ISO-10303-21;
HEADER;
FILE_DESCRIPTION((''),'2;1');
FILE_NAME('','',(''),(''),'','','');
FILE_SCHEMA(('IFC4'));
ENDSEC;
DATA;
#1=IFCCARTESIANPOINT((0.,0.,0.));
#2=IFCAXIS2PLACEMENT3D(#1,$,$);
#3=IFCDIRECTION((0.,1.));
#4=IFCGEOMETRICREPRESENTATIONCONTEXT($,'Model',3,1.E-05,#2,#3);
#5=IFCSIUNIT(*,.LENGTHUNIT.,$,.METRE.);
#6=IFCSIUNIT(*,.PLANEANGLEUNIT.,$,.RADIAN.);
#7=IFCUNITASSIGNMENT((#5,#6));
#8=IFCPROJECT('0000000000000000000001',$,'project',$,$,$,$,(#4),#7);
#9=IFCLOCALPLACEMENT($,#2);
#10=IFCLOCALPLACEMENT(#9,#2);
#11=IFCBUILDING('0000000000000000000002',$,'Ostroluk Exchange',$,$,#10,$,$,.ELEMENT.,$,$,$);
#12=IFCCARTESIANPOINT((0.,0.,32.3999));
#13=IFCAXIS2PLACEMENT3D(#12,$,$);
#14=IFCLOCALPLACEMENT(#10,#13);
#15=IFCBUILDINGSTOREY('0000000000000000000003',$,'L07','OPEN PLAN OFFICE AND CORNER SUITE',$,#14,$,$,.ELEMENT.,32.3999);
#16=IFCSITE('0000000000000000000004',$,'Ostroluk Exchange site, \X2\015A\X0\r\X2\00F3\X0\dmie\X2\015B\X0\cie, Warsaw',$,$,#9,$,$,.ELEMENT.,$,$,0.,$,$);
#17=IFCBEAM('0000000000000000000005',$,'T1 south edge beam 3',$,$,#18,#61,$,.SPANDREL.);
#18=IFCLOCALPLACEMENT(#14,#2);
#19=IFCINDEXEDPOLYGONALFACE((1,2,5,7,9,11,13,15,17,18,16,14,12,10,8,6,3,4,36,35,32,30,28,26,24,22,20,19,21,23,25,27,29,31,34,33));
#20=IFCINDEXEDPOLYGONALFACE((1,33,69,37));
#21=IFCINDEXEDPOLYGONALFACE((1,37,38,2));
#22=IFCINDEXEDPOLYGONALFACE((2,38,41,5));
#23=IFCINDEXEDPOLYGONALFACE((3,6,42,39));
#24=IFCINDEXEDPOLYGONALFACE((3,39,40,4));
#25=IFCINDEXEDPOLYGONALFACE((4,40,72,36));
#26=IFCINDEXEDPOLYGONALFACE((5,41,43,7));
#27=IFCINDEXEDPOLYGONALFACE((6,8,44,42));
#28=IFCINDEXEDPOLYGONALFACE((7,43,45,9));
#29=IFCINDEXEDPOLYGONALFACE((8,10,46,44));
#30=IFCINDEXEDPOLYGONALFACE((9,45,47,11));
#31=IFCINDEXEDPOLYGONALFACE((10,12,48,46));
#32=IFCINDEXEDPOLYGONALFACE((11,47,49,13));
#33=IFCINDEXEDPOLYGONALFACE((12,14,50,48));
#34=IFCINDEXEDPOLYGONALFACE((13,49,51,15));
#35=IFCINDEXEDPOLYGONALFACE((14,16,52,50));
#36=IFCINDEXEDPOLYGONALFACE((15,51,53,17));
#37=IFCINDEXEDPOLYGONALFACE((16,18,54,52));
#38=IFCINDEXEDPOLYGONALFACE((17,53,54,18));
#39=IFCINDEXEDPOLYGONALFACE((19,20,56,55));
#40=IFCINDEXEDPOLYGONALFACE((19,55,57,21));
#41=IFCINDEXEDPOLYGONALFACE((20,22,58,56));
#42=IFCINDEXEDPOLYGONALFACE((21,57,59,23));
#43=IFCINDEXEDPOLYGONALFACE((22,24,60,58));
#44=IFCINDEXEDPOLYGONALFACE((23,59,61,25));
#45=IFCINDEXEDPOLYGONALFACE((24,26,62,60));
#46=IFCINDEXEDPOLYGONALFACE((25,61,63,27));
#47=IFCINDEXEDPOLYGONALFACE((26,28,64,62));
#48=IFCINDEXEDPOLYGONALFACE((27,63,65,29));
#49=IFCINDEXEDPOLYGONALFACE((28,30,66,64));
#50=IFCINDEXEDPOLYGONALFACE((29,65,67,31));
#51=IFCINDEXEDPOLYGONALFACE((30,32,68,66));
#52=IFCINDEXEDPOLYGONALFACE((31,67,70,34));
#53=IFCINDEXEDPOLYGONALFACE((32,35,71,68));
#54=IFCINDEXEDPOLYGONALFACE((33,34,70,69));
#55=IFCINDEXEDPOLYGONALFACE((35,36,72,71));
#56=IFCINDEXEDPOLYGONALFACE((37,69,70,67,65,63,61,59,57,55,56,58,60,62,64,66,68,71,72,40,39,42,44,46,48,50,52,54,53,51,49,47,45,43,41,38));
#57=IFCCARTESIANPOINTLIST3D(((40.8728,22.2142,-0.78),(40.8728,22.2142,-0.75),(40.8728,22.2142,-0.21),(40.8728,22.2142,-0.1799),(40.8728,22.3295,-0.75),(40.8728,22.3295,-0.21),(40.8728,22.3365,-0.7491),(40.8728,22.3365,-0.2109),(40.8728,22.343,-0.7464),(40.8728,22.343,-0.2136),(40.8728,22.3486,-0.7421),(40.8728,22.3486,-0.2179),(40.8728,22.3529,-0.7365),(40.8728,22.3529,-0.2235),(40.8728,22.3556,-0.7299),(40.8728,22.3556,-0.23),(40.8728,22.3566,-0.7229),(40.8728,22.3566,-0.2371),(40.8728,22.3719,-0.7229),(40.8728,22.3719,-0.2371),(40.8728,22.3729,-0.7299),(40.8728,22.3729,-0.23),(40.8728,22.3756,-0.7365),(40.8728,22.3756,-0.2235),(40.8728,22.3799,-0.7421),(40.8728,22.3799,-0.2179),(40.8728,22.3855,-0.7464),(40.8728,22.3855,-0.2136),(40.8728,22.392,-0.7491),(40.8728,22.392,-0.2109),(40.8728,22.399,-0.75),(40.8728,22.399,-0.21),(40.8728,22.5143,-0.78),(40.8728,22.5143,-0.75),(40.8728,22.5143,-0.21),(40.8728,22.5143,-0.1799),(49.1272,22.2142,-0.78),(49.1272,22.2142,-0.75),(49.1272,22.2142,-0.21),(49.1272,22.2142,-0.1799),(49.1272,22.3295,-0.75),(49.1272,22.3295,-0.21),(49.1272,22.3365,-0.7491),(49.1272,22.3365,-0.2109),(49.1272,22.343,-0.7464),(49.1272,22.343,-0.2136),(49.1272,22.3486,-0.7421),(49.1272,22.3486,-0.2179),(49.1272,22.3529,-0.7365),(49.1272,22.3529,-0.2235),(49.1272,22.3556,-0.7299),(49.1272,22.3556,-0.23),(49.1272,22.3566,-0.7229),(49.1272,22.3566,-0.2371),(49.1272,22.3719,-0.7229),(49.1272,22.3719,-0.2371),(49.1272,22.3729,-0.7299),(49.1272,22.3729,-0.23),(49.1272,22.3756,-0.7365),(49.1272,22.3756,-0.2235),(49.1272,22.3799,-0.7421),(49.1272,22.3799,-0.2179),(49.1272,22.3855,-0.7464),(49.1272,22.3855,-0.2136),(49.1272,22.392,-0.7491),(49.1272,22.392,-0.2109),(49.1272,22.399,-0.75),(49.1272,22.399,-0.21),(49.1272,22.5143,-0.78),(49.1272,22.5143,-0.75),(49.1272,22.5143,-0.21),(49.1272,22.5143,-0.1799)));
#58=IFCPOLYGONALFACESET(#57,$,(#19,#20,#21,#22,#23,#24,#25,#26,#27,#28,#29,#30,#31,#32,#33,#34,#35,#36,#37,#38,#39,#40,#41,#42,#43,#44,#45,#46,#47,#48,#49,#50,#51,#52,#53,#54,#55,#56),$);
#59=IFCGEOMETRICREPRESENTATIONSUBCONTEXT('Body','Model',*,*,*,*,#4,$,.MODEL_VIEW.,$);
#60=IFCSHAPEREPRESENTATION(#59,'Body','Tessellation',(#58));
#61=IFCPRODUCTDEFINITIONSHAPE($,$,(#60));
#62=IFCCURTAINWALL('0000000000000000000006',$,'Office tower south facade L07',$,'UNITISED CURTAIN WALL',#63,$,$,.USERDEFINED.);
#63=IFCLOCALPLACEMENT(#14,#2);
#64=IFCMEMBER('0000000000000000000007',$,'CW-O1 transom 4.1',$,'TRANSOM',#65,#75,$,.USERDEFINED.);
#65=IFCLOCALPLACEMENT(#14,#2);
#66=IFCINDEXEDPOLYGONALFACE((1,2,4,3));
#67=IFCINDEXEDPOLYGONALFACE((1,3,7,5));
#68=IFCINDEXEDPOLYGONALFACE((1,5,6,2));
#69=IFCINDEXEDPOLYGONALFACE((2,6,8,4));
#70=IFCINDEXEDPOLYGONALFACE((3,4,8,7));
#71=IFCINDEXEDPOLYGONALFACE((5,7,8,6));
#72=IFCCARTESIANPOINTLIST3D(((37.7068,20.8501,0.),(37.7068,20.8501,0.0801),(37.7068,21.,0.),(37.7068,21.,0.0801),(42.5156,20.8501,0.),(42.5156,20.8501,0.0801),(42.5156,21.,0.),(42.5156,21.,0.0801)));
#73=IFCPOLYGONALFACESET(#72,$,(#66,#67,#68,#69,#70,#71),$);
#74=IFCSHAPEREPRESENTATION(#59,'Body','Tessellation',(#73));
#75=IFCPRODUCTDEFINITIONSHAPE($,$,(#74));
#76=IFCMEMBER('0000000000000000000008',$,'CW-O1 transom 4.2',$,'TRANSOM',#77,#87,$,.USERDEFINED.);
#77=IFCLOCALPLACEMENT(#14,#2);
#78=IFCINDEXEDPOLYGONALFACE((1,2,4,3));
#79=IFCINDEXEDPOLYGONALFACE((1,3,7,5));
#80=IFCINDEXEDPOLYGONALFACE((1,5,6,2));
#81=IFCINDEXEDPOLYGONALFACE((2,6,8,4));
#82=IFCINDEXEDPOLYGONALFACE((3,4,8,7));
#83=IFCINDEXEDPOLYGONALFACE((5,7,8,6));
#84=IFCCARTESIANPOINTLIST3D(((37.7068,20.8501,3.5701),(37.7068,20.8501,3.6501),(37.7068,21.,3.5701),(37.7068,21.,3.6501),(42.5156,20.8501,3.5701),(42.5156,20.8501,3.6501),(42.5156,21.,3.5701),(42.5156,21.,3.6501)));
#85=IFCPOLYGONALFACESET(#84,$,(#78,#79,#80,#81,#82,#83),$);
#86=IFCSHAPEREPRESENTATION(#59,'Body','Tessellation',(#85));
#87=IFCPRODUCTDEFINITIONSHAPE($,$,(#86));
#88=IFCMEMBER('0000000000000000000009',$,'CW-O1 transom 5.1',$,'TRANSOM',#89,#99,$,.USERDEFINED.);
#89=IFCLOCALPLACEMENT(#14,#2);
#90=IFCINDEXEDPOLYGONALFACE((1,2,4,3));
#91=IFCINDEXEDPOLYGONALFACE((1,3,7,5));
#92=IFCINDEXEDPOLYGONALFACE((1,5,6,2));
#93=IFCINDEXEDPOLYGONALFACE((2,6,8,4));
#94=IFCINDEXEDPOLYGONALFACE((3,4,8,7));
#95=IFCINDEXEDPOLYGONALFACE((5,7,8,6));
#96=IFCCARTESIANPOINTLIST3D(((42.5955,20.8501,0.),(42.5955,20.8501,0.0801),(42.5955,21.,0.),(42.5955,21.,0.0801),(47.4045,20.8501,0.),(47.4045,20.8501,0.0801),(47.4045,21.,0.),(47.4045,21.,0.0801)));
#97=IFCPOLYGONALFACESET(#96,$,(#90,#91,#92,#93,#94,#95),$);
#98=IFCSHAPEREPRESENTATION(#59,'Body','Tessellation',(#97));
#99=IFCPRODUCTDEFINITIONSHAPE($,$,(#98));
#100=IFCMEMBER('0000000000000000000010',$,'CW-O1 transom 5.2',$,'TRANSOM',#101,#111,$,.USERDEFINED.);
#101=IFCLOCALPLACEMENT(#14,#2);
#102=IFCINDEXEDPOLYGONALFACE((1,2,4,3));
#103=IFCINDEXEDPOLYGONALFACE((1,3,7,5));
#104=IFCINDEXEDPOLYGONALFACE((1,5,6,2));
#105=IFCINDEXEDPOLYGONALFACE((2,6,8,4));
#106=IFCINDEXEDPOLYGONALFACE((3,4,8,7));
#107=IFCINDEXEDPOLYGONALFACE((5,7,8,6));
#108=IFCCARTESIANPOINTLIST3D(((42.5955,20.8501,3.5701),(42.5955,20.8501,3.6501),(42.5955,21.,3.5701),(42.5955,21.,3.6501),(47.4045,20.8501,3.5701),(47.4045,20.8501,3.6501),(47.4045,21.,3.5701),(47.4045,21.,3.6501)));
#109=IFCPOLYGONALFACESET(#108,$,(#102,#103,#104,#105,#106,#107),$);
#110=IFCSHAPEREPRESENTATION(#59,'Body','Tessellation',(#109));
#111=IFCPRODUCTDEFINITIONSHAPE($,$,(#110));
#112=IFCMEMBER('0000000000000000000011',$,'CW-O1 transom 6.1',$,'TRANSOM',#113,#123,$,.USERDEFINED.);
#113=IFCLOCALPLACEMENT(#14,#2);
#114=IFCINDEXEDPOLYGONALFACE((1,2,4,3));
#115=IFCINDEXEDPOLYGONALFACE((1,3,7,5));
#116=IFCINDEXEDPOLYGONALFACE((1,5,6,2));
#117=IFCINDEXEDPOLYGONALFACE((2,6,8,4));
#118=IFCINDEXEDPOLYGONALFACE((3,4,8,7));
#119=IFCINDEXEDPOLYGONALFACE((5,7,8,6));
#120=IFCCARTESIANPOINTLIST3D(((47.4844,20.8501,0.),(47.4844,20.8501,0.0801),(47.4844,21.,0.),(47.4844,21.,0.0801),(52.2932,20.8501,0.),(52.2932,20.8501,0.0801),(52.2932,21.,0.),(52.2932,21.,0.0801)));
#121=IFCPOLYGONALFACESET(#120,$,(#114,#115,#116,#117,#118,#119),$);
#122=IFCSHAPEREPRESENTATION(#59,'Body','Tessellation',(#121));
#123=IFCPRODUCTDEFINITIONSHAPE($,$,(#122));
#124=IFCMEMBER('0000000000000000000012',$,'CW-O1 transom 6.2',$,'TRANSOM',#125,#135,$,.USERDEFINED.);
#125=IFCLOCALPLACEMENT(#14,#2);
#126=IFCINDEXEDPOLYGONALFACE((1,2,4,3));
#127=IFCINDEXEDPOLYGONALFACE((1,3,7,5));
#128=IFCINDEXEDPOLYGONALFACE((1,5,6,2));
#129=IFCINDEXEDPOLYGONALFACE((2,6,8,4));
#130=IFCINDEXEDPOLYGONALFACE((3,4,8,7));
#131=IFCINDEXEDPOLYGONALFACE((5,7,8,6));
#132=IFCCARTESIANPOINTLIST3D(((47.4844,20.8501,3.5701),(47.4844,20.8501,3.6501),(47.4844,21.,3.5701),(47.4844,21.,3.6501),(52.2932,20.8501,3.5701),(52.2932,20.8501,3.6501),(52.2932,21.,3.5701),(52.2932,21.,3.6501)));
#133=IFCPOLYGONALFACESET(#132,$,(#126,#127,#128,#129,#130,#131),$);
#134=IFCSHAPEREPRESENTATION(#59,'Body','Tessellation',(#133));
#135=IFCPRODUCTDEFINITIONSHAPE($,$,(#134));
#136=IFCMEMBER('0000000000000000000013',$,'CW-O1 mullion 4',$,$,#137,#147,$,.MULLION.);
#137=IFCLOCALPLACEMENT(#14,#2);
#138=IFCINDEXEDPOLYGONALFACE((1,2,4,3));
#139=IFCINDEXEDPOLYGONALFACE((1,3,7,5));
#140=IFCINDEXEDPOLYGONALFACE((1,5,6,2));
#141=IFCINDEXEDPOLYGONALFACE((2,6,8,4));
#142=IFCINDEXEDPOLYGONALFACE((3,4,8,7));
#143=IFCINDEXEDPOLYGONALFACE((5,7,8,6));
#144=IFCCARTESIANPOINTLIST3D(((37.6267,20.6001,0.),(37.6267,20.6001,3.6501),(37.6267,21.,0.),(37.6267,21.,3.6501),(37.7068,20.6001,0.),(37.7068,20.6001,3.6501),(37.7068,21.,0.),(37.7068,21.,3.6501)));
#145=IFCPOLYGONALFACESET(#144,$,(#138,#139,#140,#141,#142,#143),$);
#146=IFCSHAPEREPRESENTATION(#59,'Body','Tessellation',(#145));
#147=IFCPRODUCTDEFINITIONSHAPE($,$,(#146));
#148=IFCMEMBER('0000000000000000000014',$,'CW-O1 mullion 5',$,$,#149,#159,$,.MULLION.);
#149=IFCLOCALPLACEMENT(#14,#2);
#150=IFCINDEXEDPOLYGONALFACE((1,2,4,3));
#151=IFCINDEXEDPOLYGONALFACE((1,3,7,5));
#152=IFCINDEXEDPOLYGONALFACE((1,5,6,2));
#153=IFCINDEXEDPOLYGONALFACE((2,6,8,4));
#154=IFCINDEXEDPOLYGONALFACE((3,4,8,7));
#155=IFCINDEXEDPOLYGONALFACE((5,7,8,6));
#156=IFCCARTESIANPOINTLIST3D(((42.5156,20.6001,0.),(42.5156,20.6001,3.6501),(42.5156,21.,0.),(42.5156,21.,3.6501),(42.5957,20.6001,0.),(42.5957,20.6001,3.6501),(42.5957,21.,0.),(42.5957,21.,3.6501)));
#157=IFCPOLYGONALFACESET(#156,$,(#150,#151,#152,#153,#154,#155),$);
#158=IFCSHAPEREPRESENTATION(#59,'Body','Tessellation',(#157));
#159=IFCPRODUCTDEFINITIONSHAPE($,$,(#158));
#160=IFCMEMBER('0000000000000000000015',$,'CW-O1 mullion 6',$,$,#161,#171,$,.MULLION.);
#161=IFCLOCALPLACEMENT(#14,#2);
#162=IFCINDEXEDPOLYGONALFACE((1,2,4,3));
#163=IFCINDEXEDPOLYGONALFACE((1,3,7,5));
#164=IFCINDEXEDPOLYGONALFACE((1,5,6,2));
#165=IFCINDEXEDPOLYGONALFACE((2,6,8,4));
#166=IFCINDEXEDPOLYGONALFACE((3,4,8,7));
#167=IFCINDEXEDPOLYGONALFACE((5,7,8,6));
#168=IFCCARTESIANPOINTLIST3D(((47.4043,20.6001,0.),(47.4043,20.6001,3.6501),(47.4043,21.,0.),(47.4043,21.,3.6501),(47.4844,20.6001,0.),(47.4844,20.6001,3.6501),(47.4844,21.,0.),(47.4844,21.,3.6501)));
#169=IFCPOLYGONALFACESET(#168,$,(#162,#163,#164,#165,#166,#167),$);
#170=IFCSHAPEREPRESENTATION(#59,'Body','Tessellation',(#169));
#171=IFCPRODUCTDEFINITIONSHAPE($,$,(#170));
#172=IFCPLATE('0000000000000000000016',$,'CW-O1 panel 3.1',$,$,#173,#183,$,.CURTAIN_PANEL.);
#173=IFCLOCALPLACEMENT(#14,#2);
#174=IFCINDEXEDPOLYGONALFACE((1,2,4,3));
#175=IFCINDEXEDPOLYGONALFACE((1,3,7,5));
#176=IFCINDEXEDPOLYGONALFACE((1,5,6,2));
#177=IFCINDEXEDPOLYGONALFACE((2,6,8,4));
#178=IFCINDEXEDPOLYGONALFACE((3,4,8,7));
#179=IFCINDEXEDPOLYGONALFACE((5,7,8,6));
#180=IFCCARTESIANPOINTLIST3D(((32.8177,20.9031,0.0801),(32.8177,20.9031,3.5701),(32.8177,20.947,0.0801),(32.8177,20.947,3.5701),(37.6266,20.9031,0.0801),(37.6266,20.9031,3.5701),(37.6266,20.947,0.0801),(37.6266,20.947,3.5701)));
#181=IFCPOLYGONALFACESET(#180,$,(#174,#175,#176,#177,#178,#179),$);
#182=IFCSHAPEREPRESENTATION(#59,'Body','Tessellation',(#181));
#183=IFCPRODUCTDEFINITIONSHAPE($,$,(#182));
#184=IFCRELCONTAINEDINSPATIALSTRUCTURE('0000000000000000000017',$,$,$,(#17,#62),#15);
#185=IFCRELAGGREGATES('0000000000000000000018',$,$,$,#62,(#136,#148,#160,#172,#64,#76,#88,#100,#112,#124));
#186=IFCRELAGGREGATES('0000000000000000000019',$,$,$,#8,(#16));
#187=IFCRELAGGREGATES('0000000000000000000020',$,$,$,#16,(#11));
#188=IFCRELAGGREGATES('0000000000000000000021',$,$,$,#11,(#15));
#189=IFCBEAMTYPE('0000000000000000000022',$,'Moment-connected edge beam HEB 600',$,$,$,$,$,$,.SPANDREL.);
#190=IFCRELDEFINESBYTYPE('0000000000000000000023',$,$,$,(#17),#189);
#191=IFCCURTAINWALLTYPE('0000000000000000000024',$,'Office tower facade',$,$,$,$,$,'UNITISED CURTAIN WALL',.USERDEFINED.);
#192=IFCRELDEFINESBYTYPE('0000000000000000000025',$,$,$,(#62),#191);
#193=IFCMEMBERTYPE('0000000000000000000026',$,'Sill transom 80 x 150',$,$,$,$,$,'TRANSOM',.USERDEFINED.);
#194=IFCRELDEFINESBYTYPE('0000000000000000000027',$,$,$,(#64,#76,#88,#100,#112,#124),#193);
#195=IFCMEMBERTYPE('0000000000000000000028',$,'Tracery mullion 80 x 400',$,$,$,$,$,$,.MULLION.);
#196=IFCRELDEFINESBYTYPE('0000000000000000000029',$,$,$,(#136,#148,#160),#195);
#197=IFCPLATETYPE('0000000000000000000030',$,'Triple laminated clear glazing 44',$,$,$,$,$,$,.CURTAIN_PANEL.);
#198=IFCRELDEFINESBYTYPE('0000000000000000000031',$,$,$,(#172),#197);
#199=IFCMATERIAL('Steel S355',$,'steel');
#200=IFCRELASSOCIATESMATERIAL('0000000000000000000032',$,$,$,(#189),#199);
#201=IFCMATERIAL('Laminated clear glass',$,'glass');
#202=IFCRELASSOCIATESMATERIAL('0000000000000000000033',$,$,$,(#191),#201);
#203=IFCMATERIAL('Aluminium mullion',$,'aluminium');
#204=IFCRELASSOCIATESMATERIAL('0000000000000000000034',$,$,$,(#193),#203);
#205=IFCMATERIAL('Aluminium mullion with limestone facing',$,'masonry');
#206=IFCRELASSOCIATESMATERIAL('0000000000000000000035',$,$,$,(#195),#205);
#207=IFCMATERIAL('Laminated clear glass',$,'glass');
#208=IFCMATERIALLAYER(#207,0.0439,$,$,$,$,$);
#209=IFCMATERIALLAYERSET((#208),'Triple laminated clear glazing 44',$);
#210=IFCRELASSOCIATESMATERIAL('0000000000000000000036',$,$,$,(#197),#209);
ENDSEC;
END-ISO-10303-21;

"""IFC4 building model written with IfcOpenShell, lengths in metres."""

from ifc_helpers import new_model, si_unit, direction, frame, origin, origin_2d, place, context, subcontext, project, spatial, rectangle, i_section, extrude, material, layer, layer_set, material_profile, profile_set, type_object, element, aggregate, save


model = new_model("IFC4")

# Units and contexts
model_context = context("Model", 3, precision=1e-05, world=origin(), true_north=direction((0.0, 1.0)))
body_context = subcontext(model_context, "Body", "Model", "MODEL_VIEW")
ifc_project = project(units=[si_unit("LENGTHUNIT", "METRE"), si_unit("PLANEANGLEUNIT", "RADIAN")], contexts=[model_context])

# Site, building, storey
site_placement = place(None, origin())
site = spatial("IfcSite", under=ifc_project, at=site_placement, Name="Ostroluk Exchange site, Śródmieście, Warsaw", CompositionType="ELEMENT", RefElevation=0.0)
building_placement = place(site_placement, origin())
building = spatial("IfcBuilding", under=site, at=building_placement, Name="Ostroluk Exchange", CompositionType="ELEMENT")
storey_placement = place(building_placement, frame((0.0, 0.0, 32.3999)))
storey = spatial("IfcBuildingStorey", under=building, at=storey_placement, Name="L07", Description="OPEN PLAN OFFICE AND CORNER SUITE", CompositionType="ELEMENT", Elevation=32.3999)

# Beam
ifc_material_1 = material(Name="Steel S355", Category="steel")
ifc_material_profile_1 = material_profile(ifc_material_1, i_section(OverallWidth=0.3, OverallDepth=0.6001, WebThickness=0.0154, FlangeThickness=0.03, FilletRadius=0.0271, at=origin_2d()), Name="HEB 600")
ifc_profile_set_1 = profile_set([ifc_material_profile_1], Name="Steel S355")
beam_type = type_object("IfcBeamType", Name="Moment-connected edge beam HEB 600", PredefinedType="SPANDREL", material=ifc_profile_set_1)
beam_placement = place(storey_placement, frame((40.8728, 22.3643, -0.48), z_axis=(1.0, 0.0, 0.0), x_axis=(0.0, 1.0, 0.0)))
element("IfcBeam", 1, at=beam_placement, inside=storey, type_object=beam_type, Name="T1 south edge beam 3", PredefinedType="SPANDREL", context=body_context, shape_type="SweptSolid", body=[
    extrude(i_section(OverallWidth=0.3, OverallDepth=0.6001, WebThickness=0.0154, FlangeThickness=0.03, FilletRadius=0.0271, at=origin_2d()), origin(), (0.0, 0.0, 1.0), 8.2544),
])

# Curtain wall, members, plate
ifc_material_2 = material(Name="Laminated clear glass", Category="glass")
curtain_wall_type = type_object("IfcCurtainWallType", Name="Office tower facade", ElementType="UNITISED CURTAIN WALL", PredefinedType="USERDEFINED", material=ifc_material_2)
curtain_wall_placement = place(storey_placement, origin())
curtain_wall = element("IfcCurtainWall", 2, at=curtain_wall_placement, inside=storey, type_object=curtain_wall_type, Name="Office tower south facade L07", ObjectType="UNITISED CURTAIN WALL", PredefinedType="USERDEFINED")
ifc_material_3 = material(Name="Aluminium mullion", Category="aluminium")
ifc_material_profile_2 = material_profile(ifc_material_3, rectangle(XDim=0.1499, YDim=0.0801, at=origin_2d()), Name="Sill transom 80 x 150")
ifc_profile_set_2 = profile_set([ifc_material_profile_2], Name="Aluminium mullion")
member_type_1 = type_object("IfcMemberType", Name="Sill transom 80 x 150", ElementType="TRANSOM", PredefinedType="USERDEFINED", material=ifc_profile_set_2)
member_1_placement = place(storey_placement, frame((37.7068, 20.925, 0.04), z_axis=(1.0, 0.0, 0.0), x_axis=(0.0, 1.0, 0.0)))
member_1 = element("IfcMember", 3, at=member_1_placement, type_object=member_type_1, Name="CW-O1 transom 4.1", ObjectType="TRANSOM", PredefinedType="USERDEFINED", context=body_context, shape_type="SweptSolid", body=[
    extrude(rectangle(XDim=0.1499, YDim=0.0801, at=origin_2d()), origin(), (0.0, 0.0, 1.0), 4.8088),
])
member_2_placement = place(storey_placement, frame((37.7068, 20.925, 3.6101), z_axis=(1.0, 0.0, 0.0), x_axis=(0.0, 1.0, 0.0)))
member_2 = element("IfcMember", 4, at=member_2_placement, type_object=member_type_1, Name="CW-O1 transom 4.2", ObjectType="TRANSOM", PredefinedType="USERDEFINED", context=body_context, shape_type="SweptSolid", body=[
    extrude(rectangle(XDim=0.1499, YDim=0.0801, at=origin_2d()), origin(), (0.0, 0.0, 1.0), 4.8088),
])
member_3_placement = place(storey_placement, frame((42.5955, 20.925, 0.04), z_axis=(1.0, 0.0, 0.0), x_axis=(0.0, 1.0, 0.0)))
member_3 = element("IfcMember", 5, at=member_3_placement, type_object=member_type_1, Name="CW-O1 transom 5.1", ObjectType="TRANSOM", PredefinedType="USERDEFINED", context=body_context, shape_type="SweptSolid", body=[
    extrude(rectangle(XDim=0.1499, YDim=0.0801, at=origin_2d()), origin(), (0.0, 0.0, 1.0), 4.8091),
])
member_4_placement = place(storey_placement, frame((42.5955, 20.925, 3.6101), z_axis=(1.0, 0.0, 0.0), x_axis=(0.0, 1.0, 0.0)))
member_4 = element("IfcMember", 6, at=member_4_placement, type_object=member_type_1, Name="CW-O1 transom 5.2", ObjectType="TRANSOM", PredefinedType="USERDEFINED", context=body_context, shape_type="SweptSolid", body=[
    extrude(rectangle(XDim=0.1499, YDim=0.0801, at=origin_2d()), origin(), (0.0, 0.0, 1.0), 4.8091),
])
member_5_placement = place(storey_placement, frame((47.4844, 20.925, 0.04), z_axis=(1.0, 0.0, 0.0), x_axis=(0.0, 1.0, 0.0)))
member_5 = element("IfcMember", 7, at=member_5_placement, type_object=member_type_1, Name="CW-O1 transom 6.1", ObjectType="TRANSOM", PredefinedType="USERDEFINED", context=body_context, shape_type="SweptSolid", body=[
    extrude(rectangle(XDim=0.1499, YDim=0.0801, at=origin_2d()), origin(), (0.0, 0.0, 1.0), 4.8088),
])
member_6_placement = place(storey_placement, frame((47.4844, 20.925, 3.6101), z_axis=(1.0, 0.0, 0.0), x_axis=(0.0, 1.0, 0.0)))
member_6 = element("IfcMember", 8, at=member_6_placement, type_object=member_type_1, Name="CW-O1 transom 6.2", ObjectType="TRANSOM", PredefinedType="USERDEFINED", context=body_context, shape_type="SweptSolid", body=[
    extrude(rectangle(XDim=0.1499, YDim=0.0801, at=origin_2d()), origin(), (0.0, 0.0, 1.0), 4.8088),
])
ifc_material_4 = material(Name="Aluminium mullion with limestone facing", Category="masonry")
ifc_material_profile_3 = material_profile(ifc_material_4, rectangle(XDim=0.3999, YDim=0.0801, at=origin_2d()), Name="Tracery mullion 80 x 400")
ifc_profile_set_3 = profile_set([ifc_material_profile_3], Name="Aluminium mullion with limestone facing")
member_type_2 = type_object("IfcMemberType", Name="Tracery mullion 80 x 400", PredefinedType="MULLION", material=ifc_profile_set_3)
member_7_placement = place(storey_placement, frame((37.6667, 20.8, 0.0), z_axis=(0.0, 0.0, 1.0), x_axis=(0.0, 1.0, 0.0)))
member_7 = element("IfcMember", 9, at=member_7_placement, type_object=member_type_2, Name="CW-O1 mullion 4", PredefinedType="MULLION", context=body_context, shape_type="SweptSolid", body=[
    extrude(rectangle(XDim=0.3999, YDim=0.0801, at=origin_2d()), origin(), (0.0, 0.0, 1.0), 3.6501),
])
member_8_placement = place(storey_placement, frame((42.5557, 20.8, 0.0), z_axis=(0.0, 0.0, 1.0), x_axis=(0.0, 1.0, 0.0)))
member_8 = element("IfcMember", 10, at=member_8_placement, type_object=member_type_2, Name="CW-O1 mullion 5", PredefinedType="MULLION", context=body_context, shape_type="SweptSolid", body=[
    extrude(rectangle(XDim=0.3999, YDim=0.0801, at=origin_2d()), origin(), (0.0, 0.0, 1.0), 3.6501),
])
member_9_placement = place(storey_placement, frame((47.4443, 20.8, 0.0), z_axis=(0.0, 0.0, 1.0), x_axis=(0.0, 1.0, 0.0)))
member_9 = element("IfcMember", 11, at=member_9_placement, type_object=member_type_2, Name="CW-O1 mullion 6", PredefinedType="MULLION", context=body_context, shape_type="SweptSolid", body=[
    extrude(rectangle(XDim=0.3999, YDim=0.0801, at=origin_2d()), origin(), (0.0, 0.0, 1.0), 3.6501),
])
ifc_material_5 = material(Name="Laminated clear glass", Category="glass")
ifc_layer_1 = layer(ifc_material_5, 0.0439)
ifc_layer_set_1 = layer_set([ifc_layer_1], Name="Triple laminated clear glazing 44")
plate_type = type_object("IfcPlateType", Name="Triple laminated clear glazing 44", PredefinedType="CURTAIN_PANEL", material=ifc_layer_set_1)
plate_1_placement = place(storey_placement, frame((35.2222, 20.925, 0.0801), z_axis=(0.0, 0.0, 1.0), x_axis=(1.0, 0.0, 0.0)))
plate_1 = element("IfcPlate", 12, at=plate_1_placement, type_object=plate_type, Name="CW-O1 panel 3.1", PredefinedType="CURTAIN_PANEL", context=body_context, shape_type="SweptSolid", body=[
    extrude(rectangle(XDim=4.8088, YDim=0.0439, at=origin_2d()), origin(), (0.0, 0.0, 1.0), 3.49),
])
aggregate(curtain_wall, [member_7, member_8, member_9, plate_1, member_1, member_2, member_3, member_4, member_5, member_6])

save(model, "model.ifc")
